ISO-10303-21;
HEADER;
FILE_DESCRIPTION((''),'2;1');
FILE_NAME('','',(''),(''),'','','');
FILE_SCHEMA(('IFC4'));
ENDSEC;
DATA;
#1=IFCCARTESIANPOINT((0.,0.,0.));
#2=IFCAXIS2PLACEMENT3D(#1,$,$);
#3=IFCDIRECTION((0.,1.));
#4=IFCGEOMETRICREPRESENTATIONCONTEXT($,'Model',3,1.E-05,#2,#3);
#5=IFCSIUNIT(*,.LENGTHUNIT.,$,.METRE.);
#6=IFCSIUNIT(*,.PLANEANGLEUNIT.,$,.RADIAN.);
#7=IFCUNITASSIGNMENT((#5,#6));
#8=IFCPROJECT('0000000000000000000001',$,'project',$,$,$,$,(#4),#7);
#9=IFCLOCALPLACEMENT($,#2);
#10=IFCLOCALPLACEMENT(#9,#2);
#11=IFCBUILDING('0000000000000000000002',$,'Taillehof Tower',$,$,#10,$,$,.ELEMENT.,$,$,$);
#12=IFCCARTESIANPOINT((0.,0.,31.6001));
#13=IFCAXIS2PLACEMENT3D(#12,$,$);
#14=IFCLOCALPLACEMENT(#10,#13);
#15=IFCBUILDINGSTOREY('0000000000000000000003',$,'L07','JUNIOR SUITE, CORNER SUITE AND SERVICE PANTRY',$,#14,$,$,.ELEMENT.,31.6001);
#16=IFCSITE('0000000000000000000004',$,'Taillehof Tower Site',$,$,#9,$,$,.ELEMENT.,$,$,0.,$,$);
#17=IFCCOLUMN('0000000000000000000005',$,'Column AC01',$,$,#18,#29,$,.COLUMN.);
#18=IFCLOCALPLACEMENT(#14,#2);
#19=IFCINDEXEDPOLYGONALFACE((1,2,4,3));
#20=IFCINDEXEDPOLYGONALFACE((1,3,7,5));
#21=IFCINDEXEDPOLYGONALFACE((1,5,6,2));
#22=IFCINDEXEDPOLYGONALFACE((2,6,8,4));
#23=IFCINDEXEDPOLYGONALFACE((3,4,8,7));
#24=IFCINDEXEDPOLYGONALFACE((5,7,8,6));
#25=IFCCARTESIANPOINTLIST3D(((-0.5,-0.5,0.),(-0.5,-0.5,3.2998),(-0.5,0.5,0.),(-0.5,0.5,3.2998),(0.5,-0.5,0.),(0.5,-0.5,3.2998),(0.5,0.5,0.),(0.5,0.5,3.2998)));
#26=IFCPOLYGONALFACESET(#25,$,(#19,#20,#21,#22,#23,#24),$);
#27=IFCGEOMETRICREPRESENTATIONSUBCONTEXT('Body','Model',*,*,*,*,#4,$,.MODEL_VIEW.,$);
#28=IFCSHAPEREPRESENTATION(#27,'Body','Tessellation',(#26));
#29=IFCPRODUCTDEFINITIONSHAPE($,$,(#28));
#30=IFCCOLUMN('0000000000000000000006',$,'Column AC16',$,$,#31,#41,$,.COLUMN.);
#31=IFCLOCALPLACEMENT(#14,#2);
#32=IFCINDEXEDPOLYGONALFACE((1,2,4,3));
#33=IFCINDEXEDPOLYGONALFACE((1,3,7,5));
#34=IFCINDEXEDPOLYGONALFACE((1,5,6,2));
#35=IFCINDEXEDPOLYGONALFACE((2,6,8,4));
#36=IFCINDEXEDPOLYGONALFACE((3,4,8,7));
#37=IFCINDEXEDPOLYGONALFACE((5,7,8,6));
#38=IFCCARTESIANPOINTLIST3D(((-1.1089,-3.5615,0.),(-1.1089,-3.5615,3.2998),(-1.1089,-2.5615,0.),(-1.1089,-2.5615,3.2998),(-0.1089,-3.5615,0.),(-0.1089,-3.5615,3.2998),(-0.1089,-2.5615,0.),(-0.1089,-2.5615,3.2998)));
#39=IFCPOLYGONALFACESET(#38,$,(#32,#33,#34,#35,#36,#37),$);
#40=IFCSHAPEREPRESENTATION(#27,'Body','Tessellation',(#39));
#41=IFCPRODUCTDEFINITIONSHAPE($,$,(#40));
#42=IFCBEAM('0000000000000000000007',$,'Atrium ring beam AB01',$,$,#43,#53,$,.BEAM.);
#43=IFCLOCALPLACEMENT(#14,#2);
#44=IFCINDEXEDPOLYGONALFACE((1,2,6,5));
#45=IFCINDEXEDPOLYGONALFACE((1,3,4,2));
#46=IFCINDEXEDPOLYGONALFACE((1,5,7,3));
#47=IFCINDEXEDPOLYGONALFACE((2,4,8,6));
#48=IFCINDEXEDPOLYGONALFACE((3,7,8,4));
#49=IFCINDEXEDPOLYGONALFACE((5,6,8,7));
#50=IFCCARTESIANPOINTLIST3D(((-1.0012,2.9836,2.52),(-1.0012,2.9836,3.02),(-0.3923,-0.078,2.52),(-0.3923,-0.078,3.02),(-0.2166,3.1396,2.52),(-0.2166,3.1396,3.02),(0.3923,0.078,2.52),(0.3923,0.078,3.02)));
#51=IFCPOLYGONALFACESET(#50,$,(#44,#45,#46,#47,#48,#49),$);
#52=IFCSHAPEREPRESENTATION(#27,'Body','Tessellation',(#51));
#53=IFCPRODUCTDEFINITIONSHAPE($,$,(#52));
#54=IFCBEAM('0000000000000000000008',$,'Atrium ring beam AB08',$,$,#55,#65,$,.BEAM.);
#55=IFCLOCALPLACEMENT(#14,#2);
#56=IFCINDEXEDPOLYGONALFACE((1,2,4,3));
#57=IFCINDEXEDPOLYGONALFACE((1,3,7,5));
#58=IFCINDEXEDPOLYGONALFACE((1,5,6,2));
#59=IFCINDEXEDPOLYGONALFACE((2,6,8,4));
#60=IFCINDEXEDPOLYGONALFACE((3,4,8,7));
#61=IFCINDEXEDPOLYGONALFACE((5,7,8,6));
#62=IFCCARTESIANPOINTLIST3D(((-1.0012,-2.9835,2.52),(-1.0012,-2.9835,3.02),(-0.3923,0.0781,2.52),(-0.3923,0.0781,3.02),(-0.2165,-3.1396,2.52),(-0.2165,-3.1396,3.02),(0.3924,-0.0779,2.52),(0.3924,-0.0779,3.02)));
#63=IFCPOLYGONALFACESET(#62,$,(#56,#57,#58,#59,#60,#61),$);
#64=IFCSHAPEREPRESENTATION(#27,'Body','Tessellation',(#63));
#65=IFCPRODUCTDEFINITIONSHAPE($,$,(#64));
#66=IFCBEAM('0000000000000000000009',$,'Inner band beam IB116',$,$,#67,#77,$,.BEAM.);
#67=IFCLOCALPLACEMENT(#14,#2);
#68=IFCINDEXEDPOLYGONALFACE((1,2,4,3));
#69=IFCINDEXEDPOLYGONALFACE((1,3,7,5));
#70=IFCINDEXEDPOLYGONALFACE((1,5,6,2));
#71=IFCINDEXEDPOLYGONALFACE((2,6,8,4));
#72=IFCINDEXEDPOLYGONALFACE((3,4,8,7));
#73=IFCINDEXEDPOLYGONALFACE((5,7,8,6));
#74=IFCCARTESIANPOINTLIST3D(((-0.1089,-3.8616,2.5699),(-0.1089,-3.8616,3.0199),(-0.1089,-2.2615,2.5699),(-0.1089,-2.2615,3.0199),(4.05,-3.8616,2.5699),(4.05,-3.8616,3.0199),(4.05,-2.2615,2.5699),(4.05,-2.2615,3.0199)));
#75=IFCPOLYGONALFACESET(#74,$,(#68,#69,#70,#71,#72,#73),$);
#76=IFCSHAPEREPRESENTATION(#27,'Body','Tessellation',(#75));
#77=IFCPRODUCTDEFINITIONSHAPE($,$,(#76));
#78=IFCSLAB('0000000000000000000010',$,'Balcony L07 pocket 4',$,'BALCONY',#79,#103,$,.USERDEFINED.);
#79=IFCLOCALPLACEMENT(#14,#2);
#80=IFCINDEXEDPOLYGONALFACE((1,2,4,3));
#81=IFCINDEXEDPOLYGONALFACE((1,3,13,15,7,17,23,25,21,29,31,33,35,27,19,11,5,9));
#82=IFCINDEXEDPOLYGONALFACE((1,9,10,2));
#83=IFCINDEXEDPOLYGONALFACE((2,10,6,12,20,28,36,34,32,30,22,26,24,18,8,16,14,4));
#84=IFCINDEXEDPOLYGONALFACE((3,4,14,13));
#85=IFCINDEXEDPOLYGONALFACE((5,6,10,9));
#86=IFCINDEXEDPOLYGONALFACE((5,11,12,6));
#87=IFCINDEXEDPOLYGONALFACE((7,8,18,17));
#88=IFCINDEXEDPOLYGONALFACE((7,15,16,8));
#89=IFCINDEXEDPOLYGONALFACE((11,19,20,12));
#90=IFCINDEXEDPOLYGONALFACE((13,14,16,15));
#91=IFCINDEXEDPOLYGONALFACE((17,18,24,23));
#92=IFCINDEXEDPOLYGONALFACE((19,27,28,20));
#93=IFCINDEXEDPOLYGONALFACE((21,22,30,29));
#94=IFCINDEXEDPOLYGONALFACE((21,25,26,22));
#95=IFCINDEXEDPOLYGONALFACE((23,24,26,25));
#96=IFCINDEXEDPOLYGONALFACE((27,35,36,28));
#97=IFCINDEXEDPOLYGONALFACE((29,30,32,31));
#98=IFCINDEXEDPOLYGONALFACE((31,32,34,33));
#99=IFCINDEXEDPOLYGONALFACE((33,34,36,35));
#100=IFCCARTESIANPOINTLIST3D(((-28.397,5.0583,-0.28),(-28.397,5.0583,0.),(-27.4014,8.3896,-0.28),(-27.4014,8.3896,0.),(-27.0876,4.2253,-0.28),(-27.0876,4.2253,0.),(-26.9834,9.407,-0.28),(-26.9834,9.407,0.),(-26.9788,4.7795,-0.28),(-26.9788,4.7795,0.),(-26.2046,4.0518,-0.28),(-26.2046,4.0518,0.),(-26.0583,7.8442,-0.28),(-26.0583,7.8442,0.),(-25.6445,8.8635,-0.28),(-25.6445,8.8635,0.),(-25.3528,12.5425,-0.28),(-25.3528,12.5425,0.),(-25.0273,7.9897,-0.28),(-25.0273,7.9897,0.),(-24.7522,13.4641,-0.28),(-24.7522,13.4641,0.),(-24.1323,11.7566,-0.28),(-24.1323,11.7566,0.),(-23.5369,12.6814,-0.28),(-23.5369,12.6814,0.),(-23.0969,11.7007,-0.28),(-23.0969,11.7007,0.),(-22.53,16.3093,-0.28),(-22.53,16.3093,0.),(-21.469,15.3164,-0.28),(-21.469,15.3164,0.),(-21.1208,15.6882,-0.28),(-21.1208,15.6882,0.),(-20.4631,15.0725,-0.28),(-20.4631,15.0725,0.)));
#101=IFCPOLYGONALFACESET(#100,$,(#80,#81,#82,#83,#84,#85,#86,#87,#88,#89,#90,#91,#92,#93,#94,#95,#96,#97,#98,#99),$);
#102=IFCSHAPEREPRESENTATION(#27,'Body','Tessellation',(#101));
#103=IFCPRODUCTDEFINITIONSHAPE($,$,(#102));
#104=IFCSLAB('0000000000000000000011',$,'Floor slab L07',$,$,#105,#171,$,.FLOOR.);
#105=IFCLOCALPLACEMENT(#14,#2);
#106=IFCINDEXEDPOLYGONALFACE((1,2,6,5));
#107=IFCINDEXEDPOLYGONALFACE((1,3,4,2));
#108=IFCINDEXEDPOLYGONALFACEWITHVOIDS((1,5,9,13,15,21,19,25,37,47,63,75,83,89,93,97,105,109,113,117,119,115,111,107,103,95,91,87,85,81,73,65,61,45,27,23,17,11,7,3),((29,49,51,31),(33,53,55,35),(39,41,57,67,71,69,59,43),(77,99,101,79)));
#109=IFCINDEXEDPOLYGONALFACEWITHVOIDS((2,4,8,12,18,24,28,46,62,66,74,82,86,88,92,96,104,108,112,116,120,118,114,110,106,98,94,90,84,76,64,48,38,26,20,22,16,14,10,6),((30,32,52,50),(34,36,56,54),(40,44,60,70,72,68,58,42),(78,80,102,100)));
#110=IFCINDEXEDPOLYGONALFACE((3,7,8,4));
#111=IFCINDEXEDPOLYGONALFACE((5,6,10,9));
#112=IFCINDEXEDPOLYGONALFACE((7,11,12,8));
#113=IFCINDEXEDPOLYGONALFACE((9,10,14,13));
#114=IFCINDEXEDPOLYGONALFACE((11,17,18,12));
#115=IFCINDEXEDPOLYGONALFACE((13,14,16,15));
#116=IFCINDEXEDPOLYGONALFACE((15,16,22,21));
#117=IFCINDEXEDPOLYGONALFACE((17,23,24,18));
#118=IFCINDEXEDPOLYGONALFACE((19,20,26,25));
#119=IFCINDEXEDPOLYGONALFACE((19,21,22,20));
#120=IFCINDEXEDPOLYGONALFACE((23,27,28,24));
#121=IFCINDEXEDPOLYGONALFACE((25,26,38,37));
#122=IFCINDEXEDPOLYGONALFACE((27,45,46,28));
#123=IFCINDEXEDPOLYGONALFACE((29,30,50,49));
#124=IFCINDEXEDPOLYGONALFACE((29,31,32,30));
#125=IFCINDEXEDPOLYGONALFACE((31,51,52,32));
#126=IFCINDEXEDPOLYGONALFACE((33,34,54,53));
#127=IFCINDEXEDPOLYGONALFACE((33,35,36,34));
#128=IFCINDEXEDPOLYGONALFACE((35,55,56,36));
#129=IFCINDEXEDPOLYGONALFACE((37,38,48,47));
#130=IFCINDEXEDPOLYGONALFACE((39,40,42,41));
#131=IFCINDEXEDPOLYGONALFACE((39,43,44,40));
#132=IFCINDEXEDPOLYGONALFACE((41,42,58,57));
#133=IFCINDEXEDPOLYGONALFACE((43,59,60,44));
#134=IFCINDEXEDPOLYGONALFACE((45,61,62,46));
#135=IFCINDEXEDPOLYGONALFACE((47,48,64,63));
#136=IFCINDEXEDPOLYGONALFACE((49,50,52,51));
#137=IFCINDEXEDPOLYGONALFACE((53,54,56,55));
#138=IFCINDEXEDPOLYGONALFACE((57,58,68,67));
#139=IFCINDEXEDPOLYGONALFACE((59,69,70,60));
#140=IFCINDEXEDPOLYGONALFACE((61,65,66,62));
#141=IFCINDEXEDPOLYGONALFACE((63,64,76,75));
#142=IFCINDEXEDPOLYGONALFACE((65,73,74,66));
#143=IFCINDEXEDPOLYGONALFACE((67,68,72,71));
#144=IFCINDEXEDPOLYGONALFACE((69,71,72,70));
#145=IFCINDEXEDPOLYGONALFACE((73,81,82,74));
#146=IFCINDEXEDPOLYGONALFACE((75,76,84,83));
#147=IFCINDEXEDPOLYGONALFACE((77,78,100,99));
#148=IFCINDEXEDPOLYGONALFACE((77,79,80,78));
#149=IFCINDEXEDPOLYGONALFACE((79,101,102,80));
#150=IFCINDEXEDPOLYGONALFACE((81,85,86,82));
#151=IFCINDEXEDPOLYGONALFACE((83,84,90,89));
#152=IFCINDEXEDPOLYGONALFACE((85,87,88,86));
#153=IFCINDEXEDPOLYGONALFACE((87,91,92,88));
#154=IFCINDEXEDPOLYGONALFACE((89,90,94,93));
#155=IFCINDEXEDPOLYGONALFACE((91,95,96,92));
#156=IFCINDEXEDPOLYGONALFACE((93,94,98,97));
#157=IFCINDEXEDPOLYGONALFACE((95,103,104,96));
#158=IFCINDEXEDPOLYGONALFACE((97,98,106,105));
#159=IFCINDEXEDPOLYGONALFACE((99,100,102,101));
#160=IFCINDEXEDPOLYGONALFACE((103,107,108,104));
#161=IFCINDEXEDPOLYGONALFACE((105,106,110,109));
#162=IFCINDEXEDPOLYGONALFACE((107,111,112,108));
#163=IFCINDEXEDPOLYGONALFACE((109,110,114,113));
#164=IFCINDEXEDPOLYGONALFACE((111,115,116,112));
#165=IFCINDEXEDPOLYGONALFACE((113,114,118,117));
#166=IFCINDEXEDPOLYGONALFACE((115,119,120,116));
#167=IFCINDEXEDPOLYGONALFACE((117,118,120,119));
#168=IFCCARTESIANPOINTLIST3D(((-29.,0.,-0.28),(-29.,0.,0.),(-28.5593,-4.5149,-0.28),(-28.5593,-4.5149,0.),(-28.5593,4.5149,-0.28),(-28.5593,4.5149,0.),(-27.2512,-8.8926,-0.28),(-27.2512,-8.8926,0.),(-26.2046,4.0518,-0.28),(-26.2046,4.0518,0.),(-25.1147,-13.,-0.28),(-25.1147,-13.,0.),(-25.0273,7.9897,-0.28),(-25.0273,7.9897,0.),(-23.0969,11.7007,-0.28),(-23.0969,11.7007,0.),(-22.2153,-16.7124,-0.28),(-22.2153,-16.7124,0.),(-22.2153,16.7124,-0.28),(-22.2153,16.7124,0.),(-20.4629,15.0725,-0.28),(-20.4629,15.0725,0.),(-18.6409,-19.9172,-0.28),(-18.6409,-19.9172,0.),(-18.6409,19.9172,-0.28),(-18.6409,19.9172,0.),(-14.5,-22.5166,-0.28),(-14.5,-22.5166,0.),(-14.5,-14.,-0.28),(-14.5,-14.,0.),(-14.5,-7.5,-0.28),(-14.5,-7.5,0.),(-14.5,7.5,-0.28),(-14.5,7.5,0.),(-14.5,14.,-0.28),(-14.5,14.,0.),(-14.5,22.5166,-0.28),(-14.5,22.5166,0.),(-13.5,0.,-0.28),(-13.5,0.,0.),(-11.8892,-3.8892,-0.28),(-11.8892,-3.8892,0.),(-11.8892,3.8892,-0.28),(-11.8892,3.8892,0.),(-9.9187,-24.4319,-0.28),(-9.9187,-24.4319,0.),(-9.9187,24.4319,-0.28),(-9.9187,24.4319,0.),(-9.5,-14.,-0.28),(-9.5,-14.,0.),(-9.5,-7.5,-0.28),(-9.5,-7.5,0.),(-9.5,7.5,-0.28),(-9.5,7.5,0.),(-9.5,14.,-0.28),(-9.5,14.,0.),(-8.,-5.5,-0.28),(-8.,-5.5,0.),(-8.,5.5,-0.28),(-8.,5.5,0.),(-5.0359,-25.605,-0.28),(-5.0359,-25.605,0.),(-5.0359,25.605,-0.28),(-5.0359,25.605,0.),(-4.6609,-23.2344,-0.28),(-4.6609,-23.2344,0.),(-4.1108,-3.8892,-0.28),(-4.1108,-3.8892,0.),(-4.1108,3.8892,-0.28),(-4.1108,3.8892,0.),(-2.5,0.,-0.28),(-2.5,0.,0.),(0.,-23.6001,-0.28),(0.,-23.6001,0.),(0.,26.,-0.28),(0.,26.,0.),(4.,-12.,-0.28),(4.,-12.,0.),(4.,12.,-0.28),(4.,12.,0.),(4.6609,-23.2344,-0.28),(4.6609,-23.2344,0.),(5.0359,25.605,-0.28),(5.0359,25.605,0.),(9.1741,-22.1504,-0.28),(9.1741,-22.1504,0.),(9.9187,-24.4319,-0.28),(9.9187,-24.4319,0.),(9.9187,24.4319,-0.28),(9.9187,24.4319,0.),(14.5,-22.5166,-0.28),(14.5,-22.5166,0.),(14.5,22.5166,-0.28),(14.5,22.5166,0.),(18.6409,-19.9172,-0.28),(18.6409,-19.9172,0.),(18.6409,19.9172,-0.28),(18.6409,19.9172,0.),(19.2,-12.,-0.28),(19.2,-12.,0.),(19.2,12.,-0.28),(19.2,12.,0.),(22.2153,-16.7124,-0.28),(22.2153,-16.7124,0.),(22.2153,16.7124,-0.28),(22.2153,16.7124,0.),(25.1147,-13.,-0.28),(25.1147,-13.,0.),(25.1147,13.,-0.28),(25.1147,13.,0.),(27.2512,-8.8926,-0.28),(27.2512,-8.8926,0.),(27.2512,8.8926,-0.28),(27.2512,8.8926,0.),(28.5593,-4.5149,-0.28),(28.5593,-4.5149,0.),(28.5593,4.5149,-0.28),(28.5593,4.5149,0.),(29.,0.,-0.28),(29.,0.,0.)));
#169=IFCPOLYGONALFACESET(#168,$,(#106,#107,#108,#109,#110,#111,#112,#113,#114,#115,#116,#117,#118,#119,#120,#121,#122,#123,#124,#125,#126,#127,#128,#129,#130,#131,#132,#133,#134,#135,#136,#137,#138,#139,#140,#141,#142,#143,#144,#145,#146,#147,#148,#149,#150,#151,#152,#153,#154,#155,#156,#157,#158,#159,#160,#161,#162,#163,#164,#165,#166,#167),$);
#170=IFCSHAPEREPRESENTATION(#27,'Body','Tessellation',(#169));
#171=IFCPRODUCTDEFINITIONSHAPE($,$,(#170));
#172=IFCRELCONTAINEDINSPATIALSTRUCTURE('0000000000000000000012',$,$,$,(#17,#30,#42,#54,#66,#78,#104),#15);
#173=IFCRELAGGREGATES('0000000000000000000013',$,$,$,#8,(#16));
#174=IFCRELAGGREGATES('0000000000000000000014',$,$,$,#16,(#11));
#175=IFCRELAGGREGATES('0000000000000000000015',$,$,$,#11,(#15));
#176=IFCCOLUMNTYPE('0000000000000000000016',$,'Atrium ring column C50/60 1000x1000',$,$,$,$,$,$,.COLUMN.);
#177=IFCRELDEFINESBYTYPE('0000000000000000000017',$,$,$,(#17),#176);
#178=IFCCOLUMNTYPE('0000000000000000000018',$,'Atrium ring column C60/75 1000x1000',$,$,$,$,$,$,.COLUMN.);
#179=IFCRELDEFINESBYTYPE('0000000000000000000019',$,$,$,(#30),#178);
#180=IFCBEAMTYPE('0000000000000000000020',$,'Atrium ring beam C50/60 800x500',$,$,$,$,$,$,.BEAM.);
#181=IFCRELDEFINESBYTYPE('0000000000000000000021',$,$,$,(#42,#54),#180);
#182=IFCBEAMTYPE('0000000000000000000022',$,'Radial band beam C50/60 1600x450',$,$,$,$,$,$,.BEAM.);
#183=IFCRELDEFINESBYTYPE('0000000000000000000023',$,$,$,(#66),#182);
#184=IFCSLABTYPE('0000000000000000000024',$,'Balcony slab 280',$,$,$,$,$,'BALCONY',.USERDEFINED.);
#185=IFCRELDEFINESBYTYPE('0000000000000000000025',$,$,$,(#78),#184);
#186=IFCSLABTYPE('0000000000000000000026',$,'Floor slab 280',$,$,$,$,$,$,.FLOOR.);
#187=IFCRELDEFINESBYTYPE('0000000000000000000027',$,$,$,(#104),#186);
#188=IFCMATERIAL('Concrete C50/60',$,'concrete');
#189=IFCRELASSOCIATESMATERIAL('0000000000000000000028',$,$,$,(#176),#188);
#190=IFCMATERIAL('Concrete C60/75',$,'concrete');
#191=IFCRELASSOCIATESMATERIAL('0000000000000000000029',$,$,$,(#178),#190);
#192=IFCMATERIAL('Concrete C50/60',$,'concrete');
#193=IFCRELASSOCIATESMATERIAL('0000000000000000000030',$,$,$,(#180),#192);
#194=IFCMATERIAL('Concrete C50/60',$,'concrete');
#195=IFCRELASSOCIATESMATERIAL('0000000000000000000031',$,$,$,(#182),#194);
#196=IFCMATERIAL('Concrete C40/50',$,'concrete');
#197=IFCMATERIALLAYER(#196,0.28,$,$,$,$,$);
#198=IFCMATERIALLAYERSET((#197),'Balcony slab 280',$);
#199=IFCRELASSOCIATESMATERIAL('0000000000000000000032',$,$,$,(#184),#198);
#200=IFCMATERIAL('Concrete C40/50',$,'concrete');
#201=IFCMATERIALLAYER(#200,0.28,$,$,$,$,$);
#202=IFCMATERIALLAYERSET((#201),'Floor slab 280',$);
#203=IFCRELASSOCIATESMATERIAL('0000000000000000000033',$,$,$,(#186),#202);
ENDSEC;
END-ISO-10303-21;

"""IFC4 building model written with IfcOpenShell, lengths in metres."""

from ifc_helpers import new_model, si_unit, direction, frame, origin, origin_with_axes, origin_2d, place, context, subcontext, project, spatial, polyline, rectangle, outline, extrude, material, layer, layer_set, material_profile, profile_set, type_object, element, save


model = new_model("IFC4")

# Units and contexts
model_context = context("Model", 3, precision=1e-05, world=origin(), true_north=direction((0.0, 1.0)))
body_context = subcontext(model_context, "Body", "Model", "MODEL_VIEW")
ifc_project = project(units=[si_unit("LENGTHUNIT", "METRE"), si_unit("PLANEANGLEUNIT", "RADIAN")], contexts=[model_context])

# Site, building, storey
site_placement = place(None, origin())
site = spatial("IfcSite", under=ifc_project, at=site_placement, Name="Taillehof Tower Site", CompositionType="ELEMENT", RefElevation=0.0)
building_placement = place(site_placement, origin())
building = spatial("IfcBuilding", under=site, at=building_placement, Name="Taillehof Tower", CompositionType="ELEMENT")
storey_placement = place(building_placement, frame((0.0, 0.0, 31.6001)))
storey = spatial("IfcBuildingStorey", under=building, at=storey_placement, Name="L07", Description="JUNIOR SUITE, CORNER SUITE AND SERVICE PANTRY", CompositionType="ELEMENT", Elevation=31.6001)

# Columns
ifc_material_1 = material(Name="Concrete C50/60", Category="concrete")
ifc_material_profile_1 = material_profile(ifc_material_1, rectangle(XDim=1.0, YDim=1.0, at=origin_2d()), Name="RC 1000x1000")
ifc_profile_set_1 = profile_set([ifc_material_profile_1], Name="Concrete C50/60")
column_type_1 = type_object("IfcColumnType", Name="Atrium ring column C50/60 1000x1000", PredefinedType="COLUMN", material=ifc_profile_set_1)
column_1_placement = place(storey_placement, origin_with_axes())
element("IfcColumn", 1, at=column_1_placement, inside=storey, type_object=column_type_1, Name="Column AC01", PredefinedType="COLUMN", context=body_context, shape_type="SweptSolid", body=[
    extrude(rectangle(XDim=1.0, YDim=1.0, at=origin_2d()), origin(), (0.0, 0.0, 1.0), 3.2998),
])
ifc_material_2 = material(Name="Concrete C60/75", Category="concrete")
ifc_material_profile_2 = material_profile(ifc_material_2, rectangle(XDim=1.0, YDim=1.0, at=origin_2d()), Name="RC 1000x1000")
ifc_profile_set_2 = profile_set([ifc_material_profile_2], Name="Concrete C60/75")
column_type_2 = type_object("IfcColumnType", Name="Atrium ring column C60/75 1000x1000", PredefinedType="COLUMN", material=ifc_profile_set_2)
column_2_placement = place(storey_placement, frame((-0.6089, -3.0615, 0.0), z_axis=(0.0, 0.0, 1.0), x_axis=(1.0, 0.0, 0.0)))
element("IfcColumn", 2, at=column_2_placement, inside=storey, type_object=column_type_2, Name="Column AC16", PredefinedType="COLUMN", context=body_context, shape_type="SweptSolid", body=[
    extrude(rectangle(XDim=1.0, YDim=1.0, at=origin_2d()), origin(), (0.0, 0.0, 1.0), 3.2998),
])

# Beams
ifc_material_3 = material(Name="Concrete C50/60", Category="concrete")
ifc_material_profile_3 = material_profile(ifc_material_3, rectangle(XDim=0.8, YDim=0.5, at=origin_2d()), Name="RC 800x500")
ifc_profile_set_3 = profile_set([ifc_material_profile_3], Name="Concrete C50/60")
beam_type_1 = type_object("IfcBeamType", Name="Atrium ring beam C50/60 800x500", PredefinedType="BEAM", material=ifc_profile_set_3)
for number, where, z_axis, x_axis, name in (
    (3, (0.0, 0.0, 2.77), (-0.195063, 0.980791, 0.0), (-0.980791, -0.195063, 0.0), "Atrium ring beam AB01"),
    (4, (-0.6089, -3.0615, 2.77), (0.195063, 0.980791, 0.0), (-0.980791, 0.195063, 0.0), "Atrium ring beam AB08"),
):
    element("IfcBeam", number, at=place(storey_placement, frame(where, z_axis=z_axis, x_axis=x_axis)), inside=storey, type_object=beam_type_1, Name=name, PredefinedType="BEAM", context=body_context, shape_type="SweptSolid", body=[
        extrude(rectangle(XDim=0.8, YDim=0.5, at=origin_2d()), origin(), (0.0, 0.0, 1.0), 3.1216),
    ])
ifc_material_4 = material(Name="Concrete C50/60", Category="concrete")
ifc_material_profile_4 = material_profile(ifc_material_4, rectangle(XDim=1.6001, YDim=0.45, at=origin_2d()), Name="RC 1600x450")
ifc_profile_set_4 = profile_set([ifc_material_profile_4], Name="Concrete C50/60")
beam_type_2 = type_object("IfcBeamType", Name="Radial band beam C50/60 1600x450", PredefinedType="BEAM", material=ifc_profile_set_4)
beam_placement = place(storey_placement, frame((-0.1089, -3.0615, 2.7949), z_axis=(1.0, 0.0, 0.0), x_axis=(0.0, 1.0, 0.0)))
element("IfcBeam", 5, at=beam_placement, inside=storey, type_object=beam_type_2, Name="Inner band beam IB116", PredefinedType="BEAM", context=body_context, shape_type="SweptSolid", body=[
    extrude(rectangle(XDim=1.6001, YDim=0.45, at=origin_2d()), origin(), (0.0, 0.0, 1.0), 4.1589),
])

# Slabs
ifc_material_5 = material(Name="Concrete C40/50", Category="concrete")
ifc_layer_1 = layer(ifc_material_5, 0.28)
ifc_layer_set_1 = layer_set([ifc_layer_1], Name="Balcony slab 280")
slab_type_1 = type_object("IfcSlabType", Name="Balcony slab 280", ElementType="BALCONY", PredefinedType="USERDEFINED", material=ifc_layer_set_1)
slab_1_placement = place(storey_placement, frame((0.0, 0.0, -0.28)))
element("IfcSlab", 6, at=slab_1_placement, inside=storey, type_object=slab_type_1, Name="Balcony L07 pocket 4", ObjectType="BALCONY", PredefinedType="USERDEFINED", context=body_context, shape_type="SweptSolid", body=[
    extrude(outline(polyline([(-26.2046, 4.0518), (-27.0876, 4.2253), (-26.9788, 4.7795), (-28.397, 5.0583), (-27.4014, 8.3896), (-26.0583, 7.8442), (-25.6445, 8.8635), (-26.9834, 9.407), (-25.3528, 12.5425), (-24.1323, 11.7566), (-23.5369, 12.6814), (-24.7522, 13.4641), (-22.53, 16.3093), (-21.469, 15.3164), (-21.1208, 15.6882), (-20.4631, 15.0725), (-23.0969, 11.7007), (-25.0273, 7.9897), (-26.2046, 4.0518)])), origin(), (0.0, 0.0, 1.0), 0.28),
])
ifc_material_6 = material(Name="Concrete C40/50", Category="concrete")
ifc_layer_2 = layer(ifc_material_6, 0.28)
ifc_layer_set_2 = layer_set([ifc_layer_2], Name="Floor slab 280")
slab_type_2 = type_object("IfcSlabType", Name="Floor slab 280", PredefinedType="FLOOR", material=ifc_layer_set_2)
slab_2_placement = place(storey_placement, frame((0.0, 0.0, -0.28)))
element("IfcSlab", 7, at=slab_2_placement, inside=storey, type_object=slab_type_2, Name="Floor slab L07", PredefinedType="FLOOR", context=body_context, shape_type="SweptSolid", body=[
    extrude(outline(polyline([(29.0, 0.0), (28.5593, 4.5149), (27.2512, 8.8926), (25.1147, 13.0), (22.2153, 16.7124), (18.6409, 19.9172), (14.5, 22.5166), (9.9187, 24.4319), (5.0359, 25.605), (0.0, 26.0), (-5.0359, 25.605), (-9.9187, 24.4319), (-14.5, 22.5166), (-18.6409, 19.9172), (-22.2153, 16.7124), (-20.4629, 15.0725), (-23.0969, 11.7007), (-25.0273, 7.9897), (-26.2046, 4.0518), (-28.5593, 4.5149), (-29.0, 0.0), (-28.5593, -4.5149), (-27.2512, -8.8926), (-25.1147, -13.0), (-22.2153, -16.7124), (-18.6409, -19.9172), (-14.5, -22.5166), (-9.9187, -24.4319), (-5.0359, -25.605), (-4.6609, -23.2344), (0.0, -23.6001), (4.6609, -23.2344), (9.1741, -22.1504), (9.9187, -24.4319), (14.5, -22.5166), (18.6409, -19.9172), (22.2153, -16.7124), (25.1147, -13.0), (27.2512, -8.8926), (28.5593, -4.5149), (29.0, 0.0)]), holes=[polyline([(-14.5, -7.5), (-9.5, -7.5), (-9.5, -14.0), (-14.5, -14.0), (-14.5, -7.5)]), polyline([(-8.0, -5.5), (-11.8892, -3.8892), (-13.5, 0.0), (-11.8892, 3.8892), (-8.0, 5.5), (-4.1108, 3.8892), (-2.5, 0.0), (-4.1108, -3.8892), (-8.0, -5.5)]), polyline([(19.2, 12.0), (19.2, -12.0), (4.0, -12.0), (4.0, 12.0), (19.2, 12.0)]), polyline([(-14.5, 14.0), (-9.5, 14.0), (-9.5, 7.5), (-14.5, 7.5), (-14.5, 14.0)])]), origin(), (0.0, 0.0, 1.0), 0.28),
])

save(model, "model.ifc")
